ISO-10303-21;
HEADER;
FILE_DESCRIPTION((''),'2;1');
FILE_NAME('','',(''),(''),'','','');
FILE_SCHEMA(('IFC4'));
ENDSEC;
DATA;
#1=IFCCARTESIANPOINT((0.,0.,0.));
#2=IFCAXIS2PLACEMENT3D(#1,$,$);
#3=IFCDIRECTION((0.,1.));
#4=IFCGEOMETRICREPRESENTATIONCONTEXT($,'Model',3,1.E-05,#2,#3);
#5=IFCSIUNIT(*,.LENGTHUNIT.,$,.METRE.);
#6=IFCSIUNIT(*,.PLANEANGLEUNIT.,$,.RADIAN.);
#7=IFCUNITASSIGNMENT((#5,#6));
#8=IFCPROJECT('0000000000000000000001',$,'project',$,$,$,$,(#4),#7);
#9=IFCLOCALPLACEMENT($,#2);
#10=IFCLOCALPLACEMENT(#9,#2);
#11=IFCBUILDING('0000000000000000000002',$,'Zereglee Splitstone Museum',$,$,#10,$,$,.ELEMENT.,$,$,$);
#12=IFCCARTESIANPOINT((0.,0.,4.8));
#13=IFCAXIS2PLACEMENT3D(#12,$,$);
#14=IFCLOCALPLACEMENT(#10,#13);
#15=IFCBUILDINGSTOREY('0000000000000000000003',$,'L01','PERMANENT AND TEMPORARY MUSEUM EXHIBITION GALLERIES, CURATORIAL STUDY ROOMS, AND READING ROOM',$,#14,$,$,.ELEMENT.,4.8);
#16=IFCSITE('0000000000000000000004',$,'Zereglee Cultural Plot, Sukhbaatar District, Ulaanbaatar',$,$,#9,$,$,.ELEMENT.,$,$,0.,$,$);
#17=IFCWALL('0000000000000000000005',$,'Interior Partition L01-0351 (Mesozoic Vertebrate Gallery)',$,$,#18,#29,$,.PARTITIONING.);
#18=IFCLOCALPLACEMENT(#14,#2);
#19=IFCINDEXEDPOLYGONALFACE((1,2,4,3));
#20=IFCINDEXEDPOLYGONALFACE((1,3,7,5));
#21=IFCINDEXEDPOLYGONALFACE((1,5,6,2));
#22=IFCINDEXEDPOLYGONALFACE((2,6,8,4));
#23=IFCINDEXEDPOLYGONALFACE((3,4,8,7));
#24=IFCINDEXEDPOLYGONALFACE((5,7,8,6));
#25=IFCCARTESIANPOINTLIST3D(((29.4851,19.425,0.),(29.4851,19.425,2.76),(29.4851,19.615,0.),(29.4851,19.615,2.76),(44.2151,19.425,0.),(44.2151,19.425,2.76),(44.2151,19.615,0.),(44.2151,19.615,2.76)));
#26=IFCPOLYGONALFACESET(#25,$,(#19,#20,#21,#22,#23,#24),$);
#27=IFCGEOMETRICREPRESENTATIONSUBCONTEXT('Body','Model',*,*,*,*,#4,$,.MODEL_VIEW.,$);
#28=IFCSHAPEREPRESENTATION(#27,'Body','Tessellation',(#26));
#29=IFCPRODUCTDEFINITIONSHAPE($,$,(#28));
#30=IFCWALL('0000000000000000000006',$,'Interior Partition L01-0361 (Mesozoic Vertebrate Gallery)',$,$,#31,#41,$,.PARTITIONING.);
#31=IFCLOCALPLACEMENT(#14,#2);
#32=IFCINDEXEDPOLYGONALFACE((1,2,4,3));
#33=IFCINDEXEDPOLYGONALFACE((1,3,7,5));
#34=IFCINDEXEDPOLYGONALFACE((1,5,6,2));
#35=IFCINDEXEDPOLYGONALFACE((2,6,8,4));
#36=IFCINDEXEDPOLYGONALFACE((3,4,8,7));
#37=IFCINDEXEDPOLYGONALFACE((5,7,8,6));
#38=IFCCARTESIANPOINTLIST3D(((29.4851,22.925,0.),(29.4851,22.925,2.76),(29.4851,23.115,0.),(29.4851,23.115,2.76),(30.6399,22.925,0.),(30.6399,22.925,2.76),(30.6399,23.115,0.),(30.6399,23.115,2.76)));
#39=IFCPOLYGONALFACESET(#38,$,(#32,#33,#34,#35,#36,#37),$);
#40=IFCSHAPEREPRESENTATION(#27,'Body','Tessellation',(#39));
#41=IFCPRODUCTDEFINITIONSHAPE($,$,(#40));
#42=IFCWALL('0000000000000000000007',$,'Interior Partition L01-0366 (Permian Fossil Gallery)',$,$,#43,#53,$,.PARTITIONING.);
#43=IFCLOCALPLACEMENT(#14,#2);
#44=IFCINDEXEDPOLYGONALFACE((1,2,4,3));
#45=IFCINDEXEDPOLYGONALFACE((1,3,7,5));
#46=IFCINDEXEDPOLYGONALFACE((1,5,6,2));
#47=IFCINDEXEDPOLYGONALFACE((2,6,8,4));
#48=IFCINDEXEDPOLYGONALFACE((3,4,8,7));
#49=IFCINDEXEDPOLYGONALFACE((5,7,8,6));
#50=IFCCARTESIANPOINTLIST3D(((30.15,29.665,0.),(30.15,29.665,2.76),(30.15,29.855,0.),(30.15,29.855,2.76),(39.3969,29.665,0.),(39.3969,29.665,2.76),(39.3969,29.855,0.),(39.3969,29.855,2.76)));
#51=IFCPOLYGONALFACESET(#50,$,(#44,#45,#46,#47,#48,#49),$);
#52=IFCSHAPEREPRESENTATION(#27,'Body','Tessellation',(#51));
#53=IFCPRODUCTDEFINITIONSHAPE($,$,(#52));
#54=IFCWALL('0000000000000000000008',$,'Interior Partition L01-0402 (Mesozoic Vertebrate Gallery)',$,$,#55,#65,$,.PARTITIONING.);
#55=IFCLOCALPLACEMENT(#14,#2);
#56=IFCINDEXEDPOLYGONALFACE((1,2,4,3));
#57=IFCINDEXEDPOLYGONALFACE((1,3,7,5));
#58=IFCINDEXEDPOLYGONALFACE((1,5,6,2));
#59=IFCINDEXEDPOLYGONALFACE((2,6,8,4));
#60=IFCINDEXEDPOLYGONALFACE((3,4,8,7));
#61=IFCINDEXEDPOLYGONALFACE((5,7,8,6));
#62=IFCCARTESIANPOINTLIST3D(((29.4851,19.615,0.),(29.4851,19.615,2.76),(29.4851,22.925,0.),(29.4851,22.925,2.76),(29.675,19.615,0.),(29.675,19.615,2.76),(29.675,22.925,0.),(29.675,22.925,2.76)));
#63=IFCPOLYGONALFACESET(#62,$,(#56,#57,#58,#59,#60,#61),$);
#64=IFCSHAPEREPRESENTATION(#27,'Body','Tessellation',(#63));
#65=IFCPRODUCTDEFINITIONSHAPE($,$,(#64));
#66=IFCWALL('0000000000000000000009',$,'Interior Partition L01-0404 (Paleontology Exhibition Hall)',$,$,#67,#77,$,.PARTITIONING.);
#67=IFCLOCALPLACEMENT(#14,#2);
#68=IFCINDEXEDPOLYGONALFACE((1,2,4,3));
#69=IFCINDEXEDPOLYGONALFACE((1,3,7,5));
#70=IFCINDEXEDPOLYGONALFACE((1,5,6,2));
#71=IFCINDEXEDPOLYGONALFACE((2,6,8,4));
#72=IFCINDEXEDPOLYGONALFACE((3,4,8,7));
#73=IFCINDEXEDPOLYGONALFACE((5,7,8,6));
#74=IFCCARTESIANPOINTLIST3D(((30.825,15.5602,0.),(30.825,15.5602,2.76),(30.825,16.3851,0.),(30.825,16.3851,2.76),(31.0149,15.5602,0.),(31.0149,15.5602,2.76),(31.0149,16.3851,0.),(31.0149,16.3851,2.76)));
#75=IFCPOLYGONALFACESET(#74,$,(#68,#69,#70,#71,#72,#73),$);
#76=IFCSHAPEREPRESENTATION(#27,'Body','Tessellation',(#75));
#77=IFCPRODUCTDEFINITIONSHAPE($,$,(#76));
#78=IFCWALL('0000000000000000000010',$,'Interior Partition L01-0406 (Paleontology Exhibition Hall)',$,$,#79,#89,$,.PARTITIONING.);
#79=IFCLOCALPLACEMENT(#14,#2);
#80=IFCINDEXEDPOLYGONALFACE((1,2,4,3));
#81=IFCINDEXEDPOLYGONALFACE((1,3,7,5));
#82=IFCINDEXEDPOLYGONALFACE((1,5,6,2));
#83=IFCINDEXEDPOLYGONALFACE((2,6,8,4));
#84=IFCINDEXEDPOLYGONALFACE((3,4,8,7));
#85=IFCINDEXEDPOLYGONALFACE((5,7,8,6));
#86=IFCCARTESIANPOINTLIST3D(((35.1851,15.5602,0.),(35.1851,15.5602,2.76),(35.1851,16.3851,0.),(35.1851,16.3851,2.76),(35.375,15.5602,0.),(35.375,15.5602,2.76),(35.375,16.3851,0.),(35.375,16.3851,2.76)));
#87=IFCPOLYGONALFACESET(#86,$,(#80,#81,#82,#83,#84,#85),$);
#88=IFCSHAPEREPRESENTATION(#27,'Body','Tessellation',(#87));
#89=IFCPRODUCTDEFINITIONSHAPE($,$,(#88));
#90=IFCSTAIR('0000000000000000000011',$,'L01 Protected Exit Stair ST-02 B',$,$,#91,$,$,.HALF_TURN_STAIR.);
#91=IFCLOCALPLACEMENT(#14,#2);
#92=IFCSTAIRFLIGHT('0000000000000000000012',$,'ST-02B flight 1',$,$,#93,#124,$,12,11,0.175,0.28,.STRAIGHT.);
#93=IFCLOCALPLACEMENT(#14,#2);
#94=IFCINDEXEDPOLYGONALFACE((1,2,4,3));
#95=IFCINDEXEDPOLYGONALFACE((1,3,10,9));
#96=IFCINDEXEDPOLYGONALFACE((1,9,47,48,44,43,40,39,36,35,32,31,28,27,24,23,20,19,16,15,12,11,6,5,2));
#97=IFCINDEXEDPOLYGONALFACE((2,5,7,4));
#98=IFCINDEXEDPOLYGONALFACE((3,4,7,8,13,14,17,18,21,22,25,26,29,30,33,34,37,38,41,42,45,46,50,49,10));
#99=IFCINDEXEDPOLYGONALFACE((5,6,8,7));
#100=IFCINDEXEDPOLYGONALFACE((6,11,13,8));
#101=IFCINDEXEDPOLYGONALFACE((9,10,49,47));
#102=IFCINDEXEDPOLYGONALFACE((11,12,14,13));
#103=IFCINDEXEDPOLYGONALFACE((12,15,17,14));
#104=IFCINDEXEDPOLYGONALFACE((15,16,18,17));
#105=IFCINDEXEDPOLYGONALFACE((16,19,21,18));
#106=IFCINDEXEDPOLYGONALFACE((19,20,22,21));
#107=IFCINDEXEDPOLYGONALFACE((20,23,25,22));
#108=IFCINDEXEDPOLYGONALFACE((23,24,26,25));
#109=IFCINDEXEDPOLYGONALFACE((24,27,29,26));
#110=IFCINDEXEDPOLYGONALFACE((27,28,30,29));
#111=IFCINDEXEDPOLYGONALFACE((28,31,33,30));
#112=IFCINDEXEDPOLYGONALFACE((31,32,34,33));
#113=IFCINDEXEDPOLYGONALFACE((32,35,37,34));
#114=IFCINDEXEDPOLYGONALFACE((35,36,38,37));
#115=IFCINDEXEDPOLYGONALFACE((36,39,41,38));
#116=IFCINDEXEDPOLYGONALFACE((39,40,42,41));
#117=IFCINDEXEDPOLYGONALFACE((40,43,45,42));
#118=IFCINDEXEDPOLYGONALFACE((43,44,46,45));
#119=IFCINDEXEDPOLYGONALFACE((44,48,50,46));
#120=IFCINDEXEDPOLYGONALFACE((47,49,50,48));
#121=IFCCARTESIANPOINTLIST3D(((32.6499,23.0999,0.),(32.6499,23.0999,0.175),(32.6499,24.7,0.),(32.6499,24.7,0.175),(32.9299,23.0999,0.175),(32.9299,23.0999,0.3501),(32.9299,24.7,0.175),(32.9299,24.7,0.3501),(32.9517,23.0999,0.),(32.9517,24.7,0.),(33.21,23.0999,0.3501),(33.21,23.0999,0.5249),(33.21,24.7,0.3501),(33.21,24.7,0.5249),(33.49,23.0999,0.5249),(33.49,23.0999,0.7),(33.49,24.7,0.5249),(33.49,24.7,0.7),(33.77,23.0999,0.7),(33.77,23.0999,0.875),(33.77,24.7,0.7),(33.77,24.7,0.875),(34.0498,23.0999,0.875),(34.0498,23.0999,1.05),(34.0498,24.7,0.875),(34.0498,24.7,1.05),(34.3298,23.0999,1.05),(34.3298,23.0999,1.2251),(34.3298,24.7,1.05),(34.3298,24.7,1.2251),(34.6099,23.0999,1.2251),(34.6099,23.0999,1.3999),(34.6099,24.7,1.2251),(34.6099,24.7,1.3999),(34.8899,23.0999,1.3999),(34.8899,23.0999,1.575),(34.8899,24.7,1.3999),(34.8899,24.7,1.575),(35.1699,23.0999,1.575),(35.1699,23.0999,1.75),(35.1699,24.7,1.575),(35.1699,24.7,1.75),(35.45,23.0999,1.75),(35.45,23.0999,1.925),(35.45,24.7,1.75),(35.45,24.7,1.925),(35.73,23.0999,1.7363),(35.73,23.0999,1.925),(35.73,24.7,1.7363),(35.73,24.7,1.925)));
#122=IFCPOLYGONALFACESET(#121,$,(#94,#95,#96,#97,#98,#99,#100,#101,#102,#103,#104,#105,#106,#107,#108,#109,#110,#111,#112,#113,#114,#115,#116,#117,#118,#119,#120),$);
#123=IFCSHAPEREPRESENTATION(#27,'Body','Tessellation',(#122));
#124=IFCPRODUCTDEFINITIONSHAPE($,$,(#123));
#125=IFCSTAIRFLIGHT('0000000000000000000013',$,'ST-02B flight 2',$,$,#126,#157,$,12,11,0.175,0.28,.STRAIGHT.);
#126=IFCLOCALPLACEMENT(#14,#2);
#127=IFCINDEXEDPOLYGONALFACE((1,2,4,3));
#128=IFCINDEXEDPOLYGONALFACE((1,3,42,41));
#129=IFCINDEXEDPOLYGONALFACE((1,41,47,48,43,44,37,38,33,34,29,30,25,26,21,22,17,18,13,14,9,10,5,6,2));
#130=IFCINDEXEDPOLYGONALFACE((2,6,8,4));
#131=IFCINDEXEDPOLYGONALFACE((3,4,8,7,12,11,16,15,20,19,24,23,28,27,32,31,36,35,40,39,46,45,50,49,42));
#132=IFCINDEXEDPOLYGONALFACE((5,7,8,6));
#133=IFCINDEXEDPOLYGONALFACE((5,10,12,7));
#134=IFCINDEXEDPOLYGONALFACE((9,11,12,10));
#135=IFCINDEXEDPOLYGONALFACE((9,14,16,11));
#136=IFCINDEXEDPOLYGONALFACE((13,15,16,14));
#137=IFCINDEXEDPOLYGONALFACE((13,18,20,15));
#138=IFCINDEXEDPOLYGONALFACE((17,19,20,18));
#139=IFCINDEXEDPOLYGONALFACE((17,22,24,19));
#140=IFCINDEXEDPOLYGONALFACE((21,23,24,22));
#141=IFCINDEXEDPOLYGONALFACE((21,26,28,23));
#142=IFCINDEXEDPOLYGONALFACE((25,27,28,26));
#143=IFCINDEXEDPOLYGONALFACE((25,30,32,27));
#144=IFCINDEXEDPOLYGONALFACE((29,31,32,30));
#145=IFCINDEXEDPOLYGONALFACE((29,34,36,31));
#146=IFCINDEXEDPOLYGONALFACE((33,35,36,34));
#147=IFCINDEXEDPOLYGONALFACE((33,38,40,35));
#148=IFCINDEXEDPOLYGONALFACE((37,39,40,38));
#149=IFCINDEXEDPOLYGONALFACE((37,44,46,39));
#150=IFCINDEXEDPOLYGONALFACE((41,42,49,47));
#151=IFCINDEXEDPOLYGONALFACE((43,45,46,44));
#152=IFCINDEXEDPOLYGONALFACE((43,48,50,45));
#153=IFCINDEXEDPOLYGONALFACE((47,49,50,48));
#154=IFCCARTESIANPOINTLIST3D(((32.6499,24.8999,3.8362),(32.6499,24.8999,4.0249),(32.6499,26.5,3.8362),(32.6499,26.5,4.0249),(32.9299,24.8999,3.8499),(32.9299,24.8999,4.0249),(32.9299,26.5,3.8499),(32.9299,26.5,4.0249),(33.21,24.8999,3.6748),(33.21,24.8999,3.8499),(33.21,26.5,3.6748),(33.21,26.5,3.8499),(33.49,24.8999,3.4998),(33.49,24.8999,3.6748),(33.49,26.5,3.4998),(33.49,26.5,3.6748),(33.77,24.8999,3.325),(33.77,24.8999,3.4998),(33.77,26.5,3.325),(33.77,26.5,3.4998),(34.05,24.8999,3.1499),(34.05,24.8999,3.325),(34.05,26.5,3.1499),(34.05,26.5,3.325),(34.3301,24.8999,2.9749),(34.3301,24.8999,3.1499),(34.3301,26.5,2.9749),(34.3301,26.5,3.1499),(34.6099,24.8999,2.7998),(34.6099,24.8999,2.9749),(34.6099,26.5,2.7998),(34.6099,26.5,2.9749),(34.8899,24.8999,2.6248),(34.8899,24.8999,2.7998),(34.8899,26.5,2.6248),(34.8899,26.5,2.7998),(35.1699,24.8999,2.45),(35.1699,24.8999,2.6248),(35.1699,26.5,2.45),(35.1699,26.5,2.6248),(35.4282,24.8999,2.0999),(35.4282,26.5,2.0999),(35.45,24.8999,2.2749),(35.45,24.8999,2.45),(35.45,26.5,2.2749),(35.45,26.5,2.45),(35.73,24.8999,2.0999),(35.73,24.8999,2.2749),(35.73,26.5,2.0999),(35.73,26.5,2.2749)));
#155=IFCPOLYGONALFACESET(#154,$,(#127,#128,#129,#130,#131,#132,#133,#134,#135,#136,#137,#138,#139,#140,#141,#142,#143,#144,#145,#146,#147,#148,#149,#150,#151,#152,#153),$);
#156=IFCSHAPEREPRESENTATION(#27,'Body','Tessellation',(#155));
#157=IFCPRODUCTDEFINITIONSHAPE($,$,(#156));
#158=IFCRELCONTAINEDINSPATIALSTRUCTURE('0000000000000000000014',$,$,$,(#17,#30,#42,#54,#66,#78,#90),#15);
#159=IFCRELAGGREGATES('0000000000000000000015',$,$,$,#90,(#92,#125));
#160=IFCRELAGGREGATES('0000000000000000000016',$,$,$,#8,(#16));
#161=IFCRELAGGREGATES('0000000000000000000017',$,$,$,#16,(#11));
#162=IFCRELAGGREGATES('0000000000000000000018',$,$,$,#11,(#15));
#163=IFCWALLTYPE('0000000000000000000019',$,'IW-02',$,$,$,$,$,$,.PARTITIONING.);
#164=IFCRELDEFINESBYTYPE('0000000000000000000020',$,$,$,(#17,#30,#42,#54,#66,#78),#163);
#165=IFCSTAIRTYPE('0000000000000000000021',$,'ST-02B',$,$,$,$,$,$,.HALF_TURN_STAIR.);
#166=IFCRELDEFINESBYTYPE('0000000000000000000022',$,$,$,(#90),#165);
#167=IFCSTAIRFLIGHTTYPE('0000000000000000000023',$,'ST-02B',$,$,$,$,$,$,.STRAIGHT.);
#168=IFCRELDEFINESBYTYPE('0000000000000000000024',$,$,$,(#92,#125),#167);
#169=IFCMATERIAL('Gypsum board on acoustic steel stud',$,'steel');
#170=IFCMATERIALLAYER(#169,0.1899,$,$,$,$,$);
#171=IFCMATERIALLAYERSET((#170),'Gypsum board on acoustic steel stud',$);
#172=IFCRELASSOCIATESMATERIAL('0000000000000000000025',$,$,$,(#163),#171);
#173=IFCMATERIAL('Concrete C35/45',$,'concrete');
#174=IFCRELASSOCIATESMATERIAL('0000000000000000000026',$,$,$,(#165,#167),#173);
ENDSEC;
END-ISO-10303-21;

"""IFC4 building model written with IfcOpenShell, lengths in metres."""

from ifc_helpers import new_model, si_unit, direction, frame, frame_2d, origin, place, context, subcontext, project, spatial, polyline, rectangle, outline, extrude, material, layer, layer_set, type_object, element, aggregate, save


model = new_model("IFC4")

# Units and contexts
model_context = context("Model", 3, precision=1e-05, world=origin(), true_north=direction((0.0, 1.0)))
body_context = subcontext(model_context, "Body", "Model", "MODEL_VIEW")
ifc_project = project(units=[si_unit("LENGTHUNIT", "METRE"), si_unit("PLANEANGLEUNIT", "RADIAN")], contexts=[model_context])

# Site, building, storey
site_placement = place(None, origin())
site = spatial("IfcSite", under=ifc_project, at=site_placement, Name="Zereglee Cultural Plot, Sukhbaatar District, Ulaanbaatar", CompositionType="ELEMENT", RefElevation=0.0)
building_placement = place(site_placement, origin())
building = spatial("IfcBuilding", under=site, at=building_placement, Name="Zereglee Splitstone Museum", CompositionType="ELEMENT")
storey_placement = place(building_placement, frame((0.0, 0.0, 4.8)))
storey = spatial("IfcBuildingStorey", under=building, at=storey_placement, Name="L01", Description="PERMANENT AND TEMPORARY MUSEUM EXHIBITION GALLERIES, CURATORIAL STUDY ROOMS, AND READING ROOM", CompositionType="ELEMENT", Elevation=4.8)

# Walls
ifc_material_1 = material(Name="Concrete C35/45", Category="concrete")
ifc_material_2 = material(Name="Gypsum board on acoustic steel stud", Category="steel")
ifc_layer_1 = layer(ifc_material_2, 0.1899)
ifc_layer_set_1 = layer_set([ifc_layer_1], Name="Gypsum board on acoustic steel stud")
wall_type_1 = type_object("IfcWallType", Name="IW-02", PredefinedType="PARTITIONING", material=ifc_layer_set_1)
wall_1_placement = place(storey_placement, frame((29.4851, 19.52, 0.0), z_axis=(0.0, 0.0, 1.0), x_axis=(1.0, 0.0, 0.0)))
element("IfcWall", 1, at=wall_1_placement, inside=storey, type_object=wall_type_1, Name="Interior Partition L01-0351 (Mesozoic Vertebrate Gallery)", PredefinedType="PARTITIONING", context=body_context, shape_type="SweptSolid", body=[
    extrude(rectangle(XDim=14.73, YDim=0.1899, at=frame_2d((7.365, 0.0))), origin(), (0.0, 0.0, 1.0), 2.76),
])
wall_2_placement = place(storey_placement, frame((29.4851, 23.02, 0.0), z_axis=(0.0, 0.0, 1.0), x_axis=(1.0, 0.0, 0.0)))
element("IfcWall", 2, at=wall_2_placement, inside=storey, type_object=wall_type_1, Name="Interior Partition L01-0361 (Mesozoic Vertebrate Gallery)", PredefinedType="PARTITIONING", context=body_context, shape_type="SweptSolid", body=[
    extrude(rectangle(XDim=1.1548, YDim=0.1899, at=frame_2d((0.5774, 0.0))), origin(), (0.0, 0.0, 1.0), 2.76),
])
wall_3_placement = place(storey_placement, frame((30.1499, 29.76, 0.0), z_axis=(0.0, 0.0, 1.0), x_axis=(1.0, 0.0, 0.0)))
element("IfcWall", 3, at=wall_3_placement, inside=storey, type_object=wall_type_1, Name="Interior Partition L01-0366 (Permian Fossil Gallery)", PredefinedType="PARTITIONING", context=body_context, shape_type="SweptSolid", body=[
    extrude(rectangle(XDim=9.2468, YDim=0.1899, at=frame_2d((4.6235, 0.0))), origin(), (0.0, 0.0, 1.0), 2.76),
])
wall_4_placement = place(storey_placement, frame((29.5801, 19.615, 0.0), z_axis=(0.0, 0.0, 1.0), x_axis=(0.0, 1.0, 0.0)))
element("IfcWall", 4, at=wall_4_placement, inside=storey, type_object=wall_type_1, Name="Interior Partition L01-0402 (Mesozoic Vertebrate Gallery)", PredefinedType="PARTITIONING", context=body_context, shape_type="SweptSolid", body=[
    extrude(rectangle(XDim=3.3101, YDim=0.1899, at=frame_2d((1.655, 0.0))), origin(), (0.0, 0.0, 1.0), 2.76),
])
for number, where, z_axis, x_axis, name in (
    (5, (30.9199, 15.5601, 0.0), (0.0, 0.0, 1.0), (0.0, 1.0, 0.0), "Interior Partition L01-0404 (Paleontology Exhibition Hall)"),
    (6, (35.28, 15.5601, 0.0), (0.0, 0.0, 1.0), (0.0, 1.0, 0.0), "Interior Partition L01-0406 (Paleontology Exhibition Hall)"),
):
    element("IfcWall", number, at=place(storey_placement, frame(where, z_axis=z_axis, x_axis=x_axis)), inside=storey, type_object=wall_type_1, Name=name, PredefinedType="PARTITIONING", context=body_context, shape_type="SweptSolid", body=[
        extrude(rectangle(XDim=0.825, YDim=0.1899, at=frame_2d((0.4126, 0.0))), origin(), (0.0, 0.0, 1.0), 2.76),
    ])

# Stair, stair flights
stair_type = type_object("IfcStairType", Name="ST-02B", PredefinedType="HALF_TURN_STAIR", material=ifc_material_1)
stair_placement = place(storey_placement, origin())
stair = element("IfcStair", 7, at=stair_placement, inside=storey, type_object=stair_type, Name="L01 Protected Exit Stair ST-02 B", PredefinedType="HALF_TURN_STAIR")
stair_flight_type = type_object("IfcStairFlightType", Name="ST-02B", PredefinedType="STRAIGHT", material=ifc_material_1)
stair_flight_1_placement = place(storey_placement, frame((32.6499, 23.8999, 0.0), z_axis=(0.0, 0.0, 1.0), x_axis=(1.0, 0.0, 0.0)))
stair_flight_1 = element("IfcStairFlight", 8, at=stair_flight_1_placement, type_object=stair_flight_type, Name="ST-02B flight 1", NumberOfRisers=12, NumberOfTreads=11, PredefinedType="STRAIGHT", RiserHeight=0.175, TreadLength=0.28, context=body_context, shape_type="SweptSolid", body=[
    extrude(outline(polyline([(0.0, 0.0), (0.0, 0.175), (0.28, 0.175), (0.28, 0.3501), (0.5601, 0.3501), (0.5601, 0.5249), (0.8401, 0.5249), (0.8401, 0.7), (1.1201, 0.7), (1.1201, 0.875), (1.3999, 0.875), (1.3999, 1.05), (1.6799, 1.05), (1.6799, 1.2251), (1.96, 1.2251), (1.96, 1.3999), (2.24, 1.3999), (2.24, 1.575), (2.52, 1.575), (2.52, 1.75), (2.8, 1.75), (2.8, 1.925), (3.0801, 1.925), (3.0801, 2.1001), (3.0801, 1.7363), (0.3018, 0.0), (0.0, 0.0)])), frame((0.0, 0.8, 0.0), z_axis=(0.0, -1.0, 0.0), x_axis=(1.0, 0.0, 0.0)), (0.0, 0.0, 1.0), 1.6001),
])
stair_flight_2_placement = place(storey_placement, frame((35.73, 25.7, 2.0999), z_axis=(0.0, 0.0, 1.0), x_axis=(-1.0, 0.0, 0.0)))
stair_flight_2 = element("IfcStairFlight", 9, at=stair_flight_2_placement, type_object=stair_flight_type, Name="ST-02B flight 2", NumberOfRisers=12, NumberOfTreads=11, PredefinedType="STRAIGHT", RiserHeight=0.175, TreadLength=0.28, context=body_context, shape_type="SweptSolid", body=[
    extrude(outline(polyline([(0.0, 0.0), (0.0, 0.175), (0.28, 0.175), (0.28, 0.3501), (0.5601, 0.3501), (0.5601, 0.5249), (0.8401, 0.5249), (0.8401, 0.7), (1.1201, 0.7), (1.1201, 0.875), (1.3999, 0.875), (1.3999, 1.05), (1.6799, 1.05), (1.6799, 1.2251), (1.96, 1.2251), (1.96, 1.3999), (2.24, 1.3999), (2.24, 1.575), (2.52, 1.575), (2.52, 1.75), (2.8, 1.75), (2.8, 1.925), (3.0801, 1.925), (3.0801, 2.1001), (3.0801, 1.7363), (0.3018, 0.0), (0.0, 0.0)])), frame((0.0, 0.8, 0.0), z_axis=(0.0, -1.0, 0.0), x_axis=(1.0, 0.0, 0.0)), (0.0, 0.0, 1.0), 1.6001),
])
aggregate(stair, [stair_flight_1, stair_flight_2])

save(model, "model.ifc")
